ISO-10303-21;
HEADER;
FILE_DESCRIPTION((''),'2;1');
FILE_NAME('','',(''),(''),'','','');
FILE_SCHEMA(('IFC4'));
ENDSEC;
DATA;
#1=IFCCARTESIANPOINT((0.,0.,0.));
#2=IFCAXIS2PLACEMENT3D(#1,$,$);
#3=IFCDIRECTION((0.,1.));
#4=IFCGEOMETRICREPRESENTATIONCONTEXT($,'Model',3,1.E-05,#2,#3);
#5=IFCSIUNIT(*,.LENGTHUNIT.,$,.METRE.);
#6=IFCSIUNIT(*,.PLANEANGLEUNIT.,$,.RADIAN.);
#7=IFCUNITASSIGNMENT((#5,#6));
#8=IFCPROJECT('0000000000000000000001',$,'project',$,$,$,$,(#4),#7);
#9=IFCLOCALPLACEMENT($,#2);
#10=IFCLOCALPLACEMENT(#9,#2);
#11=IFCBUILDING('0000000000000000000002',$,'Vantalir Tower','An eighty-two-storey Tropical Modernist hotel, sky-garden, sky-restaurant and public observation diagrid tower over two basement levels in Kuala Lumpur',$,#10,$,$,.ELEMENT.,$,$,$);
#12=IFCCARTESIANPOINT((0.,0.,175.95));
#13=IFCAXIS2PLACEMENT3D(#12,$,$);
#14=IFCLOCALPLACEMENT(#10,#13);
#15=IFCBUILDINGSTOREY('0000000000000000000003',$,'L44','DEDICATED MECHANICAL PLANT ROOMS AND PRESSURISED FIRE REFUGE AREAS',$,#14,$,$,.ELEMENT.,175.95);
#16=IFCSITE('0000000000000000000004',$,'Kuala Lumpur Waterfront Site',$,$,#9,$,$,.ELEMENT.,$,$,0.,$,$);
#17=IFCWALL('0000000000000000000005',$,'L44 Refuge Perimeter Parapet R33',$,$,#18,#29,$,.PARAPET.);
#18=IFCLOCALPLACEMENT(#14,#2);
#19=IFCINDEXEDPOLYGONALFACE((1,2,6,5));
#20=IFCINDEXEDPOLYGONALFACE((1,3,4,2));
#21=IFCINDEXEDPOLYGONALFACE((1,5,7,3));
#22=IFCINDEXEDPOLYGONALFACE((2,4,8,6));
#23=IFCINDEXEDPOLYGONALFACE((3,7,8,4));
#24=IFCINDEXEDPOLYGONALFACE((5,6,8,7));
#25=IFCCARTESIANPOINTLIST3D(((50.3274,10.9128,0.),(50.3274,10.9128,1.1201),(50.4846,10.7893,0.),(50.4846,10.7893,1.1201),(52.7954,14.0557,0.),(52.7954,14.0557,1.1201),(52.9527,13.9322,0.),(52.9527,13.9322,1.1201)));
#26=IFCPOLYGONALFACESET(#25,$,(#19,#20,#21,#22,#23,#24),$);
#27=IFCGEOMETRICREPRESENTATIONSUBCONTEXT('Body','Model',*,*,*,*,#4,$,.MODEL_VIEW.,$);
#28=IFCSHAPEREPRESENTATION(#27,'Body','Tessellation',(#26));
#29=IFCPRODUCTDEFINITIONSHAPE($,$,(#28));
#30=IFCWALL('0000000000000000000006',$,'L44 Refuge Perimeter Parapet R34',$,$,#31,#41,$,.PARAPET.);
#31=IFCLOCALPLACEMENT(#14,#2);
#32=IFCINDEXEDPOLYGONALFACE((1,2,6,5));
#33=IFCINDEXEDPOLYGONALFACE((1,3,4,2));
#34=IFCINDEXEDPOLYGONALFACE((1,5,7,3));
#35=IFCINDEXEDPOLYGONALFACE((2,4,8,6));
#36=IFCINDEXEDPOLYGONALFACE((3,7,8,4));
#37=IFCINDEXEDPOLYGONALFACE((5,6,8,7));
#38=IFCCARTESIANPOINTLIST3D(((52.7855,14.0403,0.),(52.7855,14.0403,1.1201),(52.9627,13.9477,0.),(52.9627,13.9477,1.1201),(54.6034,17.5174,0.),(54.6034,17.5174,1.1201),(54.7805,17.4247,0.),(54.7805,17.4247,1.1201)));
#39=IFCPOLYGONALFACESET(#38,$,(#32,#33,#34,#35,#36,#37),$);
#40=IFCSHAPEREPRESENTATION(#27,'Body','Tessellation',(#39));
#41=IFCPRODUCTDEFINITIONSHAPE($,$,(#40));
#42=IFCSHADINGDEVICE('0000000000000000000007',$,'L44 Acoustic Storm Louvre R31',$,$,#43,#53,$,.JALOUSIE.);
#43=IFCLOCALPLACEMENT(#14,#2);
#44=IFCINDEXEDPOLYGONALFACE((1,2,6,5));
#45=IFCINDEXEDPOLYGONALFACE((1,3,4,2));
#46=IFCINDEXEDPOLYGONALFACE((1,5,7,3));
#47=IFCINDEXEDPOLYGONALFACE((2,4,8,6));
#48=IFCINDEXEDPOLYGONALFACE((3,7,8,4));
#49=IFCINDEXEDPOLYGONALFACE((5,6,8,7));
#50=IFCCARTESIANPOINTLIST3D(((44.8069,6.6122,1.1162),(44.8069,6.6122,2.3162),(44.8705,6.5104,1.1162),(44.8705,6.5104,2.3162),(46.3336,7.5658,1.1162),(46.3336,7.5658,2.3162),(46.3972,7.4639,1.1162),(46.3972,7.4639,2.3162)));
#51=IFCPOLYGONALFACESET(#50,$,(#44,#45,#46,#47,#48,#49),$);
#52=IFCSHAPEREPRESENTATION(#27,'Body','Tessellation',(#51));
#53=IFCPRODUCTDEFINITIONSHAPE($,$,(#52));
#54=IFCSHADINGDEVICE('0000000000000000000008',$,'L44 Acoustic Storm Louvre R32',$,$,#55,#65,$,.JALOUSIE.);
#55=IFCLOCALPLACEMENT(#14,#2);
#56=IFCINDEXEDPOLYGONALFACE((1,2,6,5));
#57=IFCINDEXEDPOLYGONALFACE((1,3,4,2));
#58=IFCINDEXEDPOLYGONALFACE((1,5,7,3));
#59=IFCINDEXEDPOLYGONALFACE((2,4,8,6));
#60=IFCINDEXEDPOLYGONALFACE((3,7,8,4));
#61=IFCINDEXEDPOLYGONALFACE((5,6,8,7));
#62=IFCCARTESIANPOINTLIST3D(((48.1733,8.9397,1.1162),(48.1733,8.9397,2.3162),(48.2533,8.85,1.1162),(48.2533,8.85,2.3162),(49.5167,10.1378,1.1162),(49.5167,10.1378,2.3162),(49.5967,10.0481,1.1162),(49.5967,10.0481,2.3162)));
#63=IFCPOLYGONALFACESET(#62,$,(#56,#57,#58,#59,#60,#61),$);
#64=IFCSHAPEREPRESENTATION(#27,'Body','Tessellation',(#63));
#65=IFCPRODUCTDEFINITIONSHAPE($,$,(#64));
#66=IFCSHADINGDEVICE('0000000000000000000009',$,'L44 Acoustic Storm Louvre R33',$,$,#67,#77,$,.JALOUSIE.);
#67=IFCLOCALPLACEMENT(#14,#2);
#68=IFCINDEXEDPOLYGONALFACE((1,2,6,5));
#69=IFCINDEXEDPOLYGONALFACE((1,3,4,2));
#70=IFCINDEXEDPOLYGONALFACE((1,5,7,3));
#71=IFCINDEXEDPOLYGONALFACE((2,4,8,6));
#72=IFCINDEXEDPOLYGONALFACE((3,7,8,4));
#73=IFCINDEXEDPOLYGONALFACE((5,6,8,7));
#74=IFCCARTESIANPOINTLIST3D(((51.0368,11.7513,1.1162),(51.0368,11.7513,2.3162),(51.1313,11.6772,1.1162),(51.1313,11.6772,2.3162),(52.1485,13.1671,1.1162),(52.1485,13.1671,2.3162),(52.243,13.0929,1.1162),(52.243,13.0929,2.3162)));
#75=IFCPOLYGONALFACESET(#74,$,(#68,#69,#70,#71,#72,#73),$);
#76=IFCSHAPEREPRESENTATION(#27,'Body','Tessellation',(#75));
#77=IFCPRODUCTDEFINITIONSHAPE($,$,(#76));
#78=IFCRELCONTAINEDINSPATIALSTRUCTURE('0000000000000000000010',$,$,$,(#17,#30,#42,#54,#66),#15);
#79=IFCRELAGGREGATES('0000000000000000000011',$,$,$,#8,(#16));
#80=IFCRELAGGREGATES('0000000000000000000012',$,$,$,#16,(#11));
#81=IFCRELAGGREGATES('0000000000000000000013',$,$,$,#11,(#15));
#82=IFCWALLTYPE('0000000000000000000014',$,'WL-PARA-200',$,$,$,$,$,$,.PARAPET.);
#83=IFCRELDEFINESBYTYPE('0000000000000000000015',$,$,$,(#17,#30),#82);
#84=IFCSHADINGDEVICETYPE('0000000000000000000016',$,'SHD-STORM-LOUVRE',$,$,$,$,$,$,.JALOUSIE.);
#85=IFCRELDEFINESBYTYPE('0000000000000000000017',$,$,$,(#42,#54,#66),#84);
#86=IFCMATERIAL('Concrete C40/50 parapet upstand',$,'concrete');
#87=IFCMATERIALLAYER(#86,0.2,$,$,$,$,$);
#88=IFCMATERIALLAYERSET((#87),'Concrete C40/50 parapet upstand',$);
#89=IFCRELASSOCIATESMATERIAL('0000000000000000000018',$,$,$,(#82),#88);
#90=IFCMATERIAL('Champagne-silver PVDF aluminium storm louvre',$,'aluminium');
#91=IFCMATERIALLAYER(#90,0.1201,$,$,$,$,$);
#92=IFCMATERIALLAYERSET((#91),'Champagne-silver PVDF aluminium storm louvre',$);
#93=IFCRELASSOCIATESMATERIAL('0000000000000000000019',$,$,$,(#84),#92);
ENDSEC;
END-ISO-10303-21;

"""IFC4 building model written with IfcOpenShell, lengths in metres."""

from ifc_helpers import new_model, si_unit, direction, frame, frame_2d, origin, origin_2d, place, context, subcontext, project, spatial, rectangle, extrude, material, layer, layer_set, type_object, element, save


model = new_model("IFC4")

# Units and contexts
model_context = context("Model", 3, precision=1e-05, world=origin(), true_north=direction((0.0, 1.0)))
body_context = subcontext(model_context, "Body", "Model", "MODEL_VIEW")
ifc_project = project(units=[si_unit("LENGTHUNIT", "METRE"), si_unit("PLANEANGLEUNIT", "RADIAN")], contexts=[model_context])

# Site, building, storey
site_placement = place(None, origin())
site = spatial("IfcSite", under=ifc_project, at=site_placement, Name="Kuala Lumpur Waterfront Site", CompositionType="ELEMENT", RefElevation=0.0)
building_placement = place(site_placement, origin())
building = spatial("IfcBuilding", under=site, at=building_placement, Name="Vantalir Tower", Description="An eighty-two-storey Tropical Modernist hotel, sky-garden, sky-restaurant and public observation diagrid tower over two basement levels in Kuala Lumpur", CompositionType="ELEMENT")
storey_placement = place(building_placement, frame((0.0, 0.0, 175.95)))
storey = spatial("IfcBuildingStorey", under=building, at=storey_placement, Name="L44", Description="DEDICATED MECHANICAL PLANT ROOMS AND PRESSURISED FIRE REFUGE AREAS", CompositionType="ELEMENT", Elevation=175.95)

# Walls
ifc_material_1 = material(Name="Concrete C40/50 parapet upstand", Category="concrete")
ifc_layer_1 = layer(ifc_material_1, 0.2)
ifc_layer_set_1 = layer_set([ifc_layer_1], Name="Concrete C40/50 parapet upstand")
wall_type_1 = type_object("IfcWallType", Name="WL-PARA-200", PredefinedType="PARAPET", material=ifc_layer_set_1)
wall_1_placement = place(storey_placement, frame((50.406, 10.8511, 0.0), z_axis=(0.0, 0.0, 1.0), x_axis=(0.617614, 0.786482, 0.0)))
element("IfcWall", 1, at=wall_1_placement, inside=storey, type_object=wall_type_1, Name="L44 Refuge Perimeter Parapet R33", PredefinedType="PARAPET", context=body_context, shape_type="SweptSolid", body=[
    extrude(rectangle(XDim=3.9961, YDim=0.2, at=frame_2d((1.998, 0.0))), origin(), (0.0, 0.0, 1.0), 1.1201),
])
wall_2_placement = place(storey_placement, frame((52.874, 13.9939, 0.0), z_axis=(0.0, 0.0, 1.0), x_axis=(0.463319, 0.886192, 0.0)))
element("IfcWall", 2, at=wall_2_placement, inside=storey, type_object=wall_type_1, Name="L44 Refuge Perimeter Parapet R34", PredefinedType="PARAPET", context=body_context, shape_type="SweptSolid", body=[
    extrude(rectangle(XDim=3.9236, YDim=0.2, at=frame_2d((1.9619, 0.0))), origin(), (0.0, 0.0, 1.0), 1.1201),
])

# Shading devices
ifc_material_2 = material(Name="Champagne-silver PVDF aluminium storm louvre", Category="aluminium")
ifc_layer_2 = layer(ifc_material_2, 0.1201)
ifc_layer_set_2 = layer_set([ifc_layer_2], Name="Champagne-silver PVDF aluminium storm louvre")
shading_device_type = type_object("IfcShadingDeviceType", Name="SHD-STORM-LOUVRE", PredefinedType="JALOUSIE", material=ifc_layer_set_2)
for number, where, z_axis, x_axis, name in (
    (3, (45.6021, 7.0381, 1.1162), (0.0, 0.0, 1.0), (0.848159, 0.529742, 0.0), "L44 Acoustic Storm Louvre R31"),
    (4, (48.885, 9.4939, 1.1162), (0.0, 0.0, 1.0), (0.746313, 0.665595, 0.0), "L44 Acoustic Storm Louvre R32"),
    (5, (51.6399, 12.4221, 1.1162), (0.0, 0.0, 1.0), (0.617585, 0.786504, 0.0), "L44 Acoustic Storm Louvre R33"),
):
    element("IfcShadingDevice", number, at=place(storey_placement, frame(where, z_axis=z_axis, x_axis=x_axis)), inside=storey, type_object=shading_device_type, Name=name, PredefinedType="JALOUSIE", context=body_context, shape_type="SweptSolid", body=[
        extrude(rectangle(XDim=1.8, YDim=0.1201, at=origin_2d()), origin(), (0.0, 0.0, 1.0), 1.2),
    ])

save(model, "model.ifc")
